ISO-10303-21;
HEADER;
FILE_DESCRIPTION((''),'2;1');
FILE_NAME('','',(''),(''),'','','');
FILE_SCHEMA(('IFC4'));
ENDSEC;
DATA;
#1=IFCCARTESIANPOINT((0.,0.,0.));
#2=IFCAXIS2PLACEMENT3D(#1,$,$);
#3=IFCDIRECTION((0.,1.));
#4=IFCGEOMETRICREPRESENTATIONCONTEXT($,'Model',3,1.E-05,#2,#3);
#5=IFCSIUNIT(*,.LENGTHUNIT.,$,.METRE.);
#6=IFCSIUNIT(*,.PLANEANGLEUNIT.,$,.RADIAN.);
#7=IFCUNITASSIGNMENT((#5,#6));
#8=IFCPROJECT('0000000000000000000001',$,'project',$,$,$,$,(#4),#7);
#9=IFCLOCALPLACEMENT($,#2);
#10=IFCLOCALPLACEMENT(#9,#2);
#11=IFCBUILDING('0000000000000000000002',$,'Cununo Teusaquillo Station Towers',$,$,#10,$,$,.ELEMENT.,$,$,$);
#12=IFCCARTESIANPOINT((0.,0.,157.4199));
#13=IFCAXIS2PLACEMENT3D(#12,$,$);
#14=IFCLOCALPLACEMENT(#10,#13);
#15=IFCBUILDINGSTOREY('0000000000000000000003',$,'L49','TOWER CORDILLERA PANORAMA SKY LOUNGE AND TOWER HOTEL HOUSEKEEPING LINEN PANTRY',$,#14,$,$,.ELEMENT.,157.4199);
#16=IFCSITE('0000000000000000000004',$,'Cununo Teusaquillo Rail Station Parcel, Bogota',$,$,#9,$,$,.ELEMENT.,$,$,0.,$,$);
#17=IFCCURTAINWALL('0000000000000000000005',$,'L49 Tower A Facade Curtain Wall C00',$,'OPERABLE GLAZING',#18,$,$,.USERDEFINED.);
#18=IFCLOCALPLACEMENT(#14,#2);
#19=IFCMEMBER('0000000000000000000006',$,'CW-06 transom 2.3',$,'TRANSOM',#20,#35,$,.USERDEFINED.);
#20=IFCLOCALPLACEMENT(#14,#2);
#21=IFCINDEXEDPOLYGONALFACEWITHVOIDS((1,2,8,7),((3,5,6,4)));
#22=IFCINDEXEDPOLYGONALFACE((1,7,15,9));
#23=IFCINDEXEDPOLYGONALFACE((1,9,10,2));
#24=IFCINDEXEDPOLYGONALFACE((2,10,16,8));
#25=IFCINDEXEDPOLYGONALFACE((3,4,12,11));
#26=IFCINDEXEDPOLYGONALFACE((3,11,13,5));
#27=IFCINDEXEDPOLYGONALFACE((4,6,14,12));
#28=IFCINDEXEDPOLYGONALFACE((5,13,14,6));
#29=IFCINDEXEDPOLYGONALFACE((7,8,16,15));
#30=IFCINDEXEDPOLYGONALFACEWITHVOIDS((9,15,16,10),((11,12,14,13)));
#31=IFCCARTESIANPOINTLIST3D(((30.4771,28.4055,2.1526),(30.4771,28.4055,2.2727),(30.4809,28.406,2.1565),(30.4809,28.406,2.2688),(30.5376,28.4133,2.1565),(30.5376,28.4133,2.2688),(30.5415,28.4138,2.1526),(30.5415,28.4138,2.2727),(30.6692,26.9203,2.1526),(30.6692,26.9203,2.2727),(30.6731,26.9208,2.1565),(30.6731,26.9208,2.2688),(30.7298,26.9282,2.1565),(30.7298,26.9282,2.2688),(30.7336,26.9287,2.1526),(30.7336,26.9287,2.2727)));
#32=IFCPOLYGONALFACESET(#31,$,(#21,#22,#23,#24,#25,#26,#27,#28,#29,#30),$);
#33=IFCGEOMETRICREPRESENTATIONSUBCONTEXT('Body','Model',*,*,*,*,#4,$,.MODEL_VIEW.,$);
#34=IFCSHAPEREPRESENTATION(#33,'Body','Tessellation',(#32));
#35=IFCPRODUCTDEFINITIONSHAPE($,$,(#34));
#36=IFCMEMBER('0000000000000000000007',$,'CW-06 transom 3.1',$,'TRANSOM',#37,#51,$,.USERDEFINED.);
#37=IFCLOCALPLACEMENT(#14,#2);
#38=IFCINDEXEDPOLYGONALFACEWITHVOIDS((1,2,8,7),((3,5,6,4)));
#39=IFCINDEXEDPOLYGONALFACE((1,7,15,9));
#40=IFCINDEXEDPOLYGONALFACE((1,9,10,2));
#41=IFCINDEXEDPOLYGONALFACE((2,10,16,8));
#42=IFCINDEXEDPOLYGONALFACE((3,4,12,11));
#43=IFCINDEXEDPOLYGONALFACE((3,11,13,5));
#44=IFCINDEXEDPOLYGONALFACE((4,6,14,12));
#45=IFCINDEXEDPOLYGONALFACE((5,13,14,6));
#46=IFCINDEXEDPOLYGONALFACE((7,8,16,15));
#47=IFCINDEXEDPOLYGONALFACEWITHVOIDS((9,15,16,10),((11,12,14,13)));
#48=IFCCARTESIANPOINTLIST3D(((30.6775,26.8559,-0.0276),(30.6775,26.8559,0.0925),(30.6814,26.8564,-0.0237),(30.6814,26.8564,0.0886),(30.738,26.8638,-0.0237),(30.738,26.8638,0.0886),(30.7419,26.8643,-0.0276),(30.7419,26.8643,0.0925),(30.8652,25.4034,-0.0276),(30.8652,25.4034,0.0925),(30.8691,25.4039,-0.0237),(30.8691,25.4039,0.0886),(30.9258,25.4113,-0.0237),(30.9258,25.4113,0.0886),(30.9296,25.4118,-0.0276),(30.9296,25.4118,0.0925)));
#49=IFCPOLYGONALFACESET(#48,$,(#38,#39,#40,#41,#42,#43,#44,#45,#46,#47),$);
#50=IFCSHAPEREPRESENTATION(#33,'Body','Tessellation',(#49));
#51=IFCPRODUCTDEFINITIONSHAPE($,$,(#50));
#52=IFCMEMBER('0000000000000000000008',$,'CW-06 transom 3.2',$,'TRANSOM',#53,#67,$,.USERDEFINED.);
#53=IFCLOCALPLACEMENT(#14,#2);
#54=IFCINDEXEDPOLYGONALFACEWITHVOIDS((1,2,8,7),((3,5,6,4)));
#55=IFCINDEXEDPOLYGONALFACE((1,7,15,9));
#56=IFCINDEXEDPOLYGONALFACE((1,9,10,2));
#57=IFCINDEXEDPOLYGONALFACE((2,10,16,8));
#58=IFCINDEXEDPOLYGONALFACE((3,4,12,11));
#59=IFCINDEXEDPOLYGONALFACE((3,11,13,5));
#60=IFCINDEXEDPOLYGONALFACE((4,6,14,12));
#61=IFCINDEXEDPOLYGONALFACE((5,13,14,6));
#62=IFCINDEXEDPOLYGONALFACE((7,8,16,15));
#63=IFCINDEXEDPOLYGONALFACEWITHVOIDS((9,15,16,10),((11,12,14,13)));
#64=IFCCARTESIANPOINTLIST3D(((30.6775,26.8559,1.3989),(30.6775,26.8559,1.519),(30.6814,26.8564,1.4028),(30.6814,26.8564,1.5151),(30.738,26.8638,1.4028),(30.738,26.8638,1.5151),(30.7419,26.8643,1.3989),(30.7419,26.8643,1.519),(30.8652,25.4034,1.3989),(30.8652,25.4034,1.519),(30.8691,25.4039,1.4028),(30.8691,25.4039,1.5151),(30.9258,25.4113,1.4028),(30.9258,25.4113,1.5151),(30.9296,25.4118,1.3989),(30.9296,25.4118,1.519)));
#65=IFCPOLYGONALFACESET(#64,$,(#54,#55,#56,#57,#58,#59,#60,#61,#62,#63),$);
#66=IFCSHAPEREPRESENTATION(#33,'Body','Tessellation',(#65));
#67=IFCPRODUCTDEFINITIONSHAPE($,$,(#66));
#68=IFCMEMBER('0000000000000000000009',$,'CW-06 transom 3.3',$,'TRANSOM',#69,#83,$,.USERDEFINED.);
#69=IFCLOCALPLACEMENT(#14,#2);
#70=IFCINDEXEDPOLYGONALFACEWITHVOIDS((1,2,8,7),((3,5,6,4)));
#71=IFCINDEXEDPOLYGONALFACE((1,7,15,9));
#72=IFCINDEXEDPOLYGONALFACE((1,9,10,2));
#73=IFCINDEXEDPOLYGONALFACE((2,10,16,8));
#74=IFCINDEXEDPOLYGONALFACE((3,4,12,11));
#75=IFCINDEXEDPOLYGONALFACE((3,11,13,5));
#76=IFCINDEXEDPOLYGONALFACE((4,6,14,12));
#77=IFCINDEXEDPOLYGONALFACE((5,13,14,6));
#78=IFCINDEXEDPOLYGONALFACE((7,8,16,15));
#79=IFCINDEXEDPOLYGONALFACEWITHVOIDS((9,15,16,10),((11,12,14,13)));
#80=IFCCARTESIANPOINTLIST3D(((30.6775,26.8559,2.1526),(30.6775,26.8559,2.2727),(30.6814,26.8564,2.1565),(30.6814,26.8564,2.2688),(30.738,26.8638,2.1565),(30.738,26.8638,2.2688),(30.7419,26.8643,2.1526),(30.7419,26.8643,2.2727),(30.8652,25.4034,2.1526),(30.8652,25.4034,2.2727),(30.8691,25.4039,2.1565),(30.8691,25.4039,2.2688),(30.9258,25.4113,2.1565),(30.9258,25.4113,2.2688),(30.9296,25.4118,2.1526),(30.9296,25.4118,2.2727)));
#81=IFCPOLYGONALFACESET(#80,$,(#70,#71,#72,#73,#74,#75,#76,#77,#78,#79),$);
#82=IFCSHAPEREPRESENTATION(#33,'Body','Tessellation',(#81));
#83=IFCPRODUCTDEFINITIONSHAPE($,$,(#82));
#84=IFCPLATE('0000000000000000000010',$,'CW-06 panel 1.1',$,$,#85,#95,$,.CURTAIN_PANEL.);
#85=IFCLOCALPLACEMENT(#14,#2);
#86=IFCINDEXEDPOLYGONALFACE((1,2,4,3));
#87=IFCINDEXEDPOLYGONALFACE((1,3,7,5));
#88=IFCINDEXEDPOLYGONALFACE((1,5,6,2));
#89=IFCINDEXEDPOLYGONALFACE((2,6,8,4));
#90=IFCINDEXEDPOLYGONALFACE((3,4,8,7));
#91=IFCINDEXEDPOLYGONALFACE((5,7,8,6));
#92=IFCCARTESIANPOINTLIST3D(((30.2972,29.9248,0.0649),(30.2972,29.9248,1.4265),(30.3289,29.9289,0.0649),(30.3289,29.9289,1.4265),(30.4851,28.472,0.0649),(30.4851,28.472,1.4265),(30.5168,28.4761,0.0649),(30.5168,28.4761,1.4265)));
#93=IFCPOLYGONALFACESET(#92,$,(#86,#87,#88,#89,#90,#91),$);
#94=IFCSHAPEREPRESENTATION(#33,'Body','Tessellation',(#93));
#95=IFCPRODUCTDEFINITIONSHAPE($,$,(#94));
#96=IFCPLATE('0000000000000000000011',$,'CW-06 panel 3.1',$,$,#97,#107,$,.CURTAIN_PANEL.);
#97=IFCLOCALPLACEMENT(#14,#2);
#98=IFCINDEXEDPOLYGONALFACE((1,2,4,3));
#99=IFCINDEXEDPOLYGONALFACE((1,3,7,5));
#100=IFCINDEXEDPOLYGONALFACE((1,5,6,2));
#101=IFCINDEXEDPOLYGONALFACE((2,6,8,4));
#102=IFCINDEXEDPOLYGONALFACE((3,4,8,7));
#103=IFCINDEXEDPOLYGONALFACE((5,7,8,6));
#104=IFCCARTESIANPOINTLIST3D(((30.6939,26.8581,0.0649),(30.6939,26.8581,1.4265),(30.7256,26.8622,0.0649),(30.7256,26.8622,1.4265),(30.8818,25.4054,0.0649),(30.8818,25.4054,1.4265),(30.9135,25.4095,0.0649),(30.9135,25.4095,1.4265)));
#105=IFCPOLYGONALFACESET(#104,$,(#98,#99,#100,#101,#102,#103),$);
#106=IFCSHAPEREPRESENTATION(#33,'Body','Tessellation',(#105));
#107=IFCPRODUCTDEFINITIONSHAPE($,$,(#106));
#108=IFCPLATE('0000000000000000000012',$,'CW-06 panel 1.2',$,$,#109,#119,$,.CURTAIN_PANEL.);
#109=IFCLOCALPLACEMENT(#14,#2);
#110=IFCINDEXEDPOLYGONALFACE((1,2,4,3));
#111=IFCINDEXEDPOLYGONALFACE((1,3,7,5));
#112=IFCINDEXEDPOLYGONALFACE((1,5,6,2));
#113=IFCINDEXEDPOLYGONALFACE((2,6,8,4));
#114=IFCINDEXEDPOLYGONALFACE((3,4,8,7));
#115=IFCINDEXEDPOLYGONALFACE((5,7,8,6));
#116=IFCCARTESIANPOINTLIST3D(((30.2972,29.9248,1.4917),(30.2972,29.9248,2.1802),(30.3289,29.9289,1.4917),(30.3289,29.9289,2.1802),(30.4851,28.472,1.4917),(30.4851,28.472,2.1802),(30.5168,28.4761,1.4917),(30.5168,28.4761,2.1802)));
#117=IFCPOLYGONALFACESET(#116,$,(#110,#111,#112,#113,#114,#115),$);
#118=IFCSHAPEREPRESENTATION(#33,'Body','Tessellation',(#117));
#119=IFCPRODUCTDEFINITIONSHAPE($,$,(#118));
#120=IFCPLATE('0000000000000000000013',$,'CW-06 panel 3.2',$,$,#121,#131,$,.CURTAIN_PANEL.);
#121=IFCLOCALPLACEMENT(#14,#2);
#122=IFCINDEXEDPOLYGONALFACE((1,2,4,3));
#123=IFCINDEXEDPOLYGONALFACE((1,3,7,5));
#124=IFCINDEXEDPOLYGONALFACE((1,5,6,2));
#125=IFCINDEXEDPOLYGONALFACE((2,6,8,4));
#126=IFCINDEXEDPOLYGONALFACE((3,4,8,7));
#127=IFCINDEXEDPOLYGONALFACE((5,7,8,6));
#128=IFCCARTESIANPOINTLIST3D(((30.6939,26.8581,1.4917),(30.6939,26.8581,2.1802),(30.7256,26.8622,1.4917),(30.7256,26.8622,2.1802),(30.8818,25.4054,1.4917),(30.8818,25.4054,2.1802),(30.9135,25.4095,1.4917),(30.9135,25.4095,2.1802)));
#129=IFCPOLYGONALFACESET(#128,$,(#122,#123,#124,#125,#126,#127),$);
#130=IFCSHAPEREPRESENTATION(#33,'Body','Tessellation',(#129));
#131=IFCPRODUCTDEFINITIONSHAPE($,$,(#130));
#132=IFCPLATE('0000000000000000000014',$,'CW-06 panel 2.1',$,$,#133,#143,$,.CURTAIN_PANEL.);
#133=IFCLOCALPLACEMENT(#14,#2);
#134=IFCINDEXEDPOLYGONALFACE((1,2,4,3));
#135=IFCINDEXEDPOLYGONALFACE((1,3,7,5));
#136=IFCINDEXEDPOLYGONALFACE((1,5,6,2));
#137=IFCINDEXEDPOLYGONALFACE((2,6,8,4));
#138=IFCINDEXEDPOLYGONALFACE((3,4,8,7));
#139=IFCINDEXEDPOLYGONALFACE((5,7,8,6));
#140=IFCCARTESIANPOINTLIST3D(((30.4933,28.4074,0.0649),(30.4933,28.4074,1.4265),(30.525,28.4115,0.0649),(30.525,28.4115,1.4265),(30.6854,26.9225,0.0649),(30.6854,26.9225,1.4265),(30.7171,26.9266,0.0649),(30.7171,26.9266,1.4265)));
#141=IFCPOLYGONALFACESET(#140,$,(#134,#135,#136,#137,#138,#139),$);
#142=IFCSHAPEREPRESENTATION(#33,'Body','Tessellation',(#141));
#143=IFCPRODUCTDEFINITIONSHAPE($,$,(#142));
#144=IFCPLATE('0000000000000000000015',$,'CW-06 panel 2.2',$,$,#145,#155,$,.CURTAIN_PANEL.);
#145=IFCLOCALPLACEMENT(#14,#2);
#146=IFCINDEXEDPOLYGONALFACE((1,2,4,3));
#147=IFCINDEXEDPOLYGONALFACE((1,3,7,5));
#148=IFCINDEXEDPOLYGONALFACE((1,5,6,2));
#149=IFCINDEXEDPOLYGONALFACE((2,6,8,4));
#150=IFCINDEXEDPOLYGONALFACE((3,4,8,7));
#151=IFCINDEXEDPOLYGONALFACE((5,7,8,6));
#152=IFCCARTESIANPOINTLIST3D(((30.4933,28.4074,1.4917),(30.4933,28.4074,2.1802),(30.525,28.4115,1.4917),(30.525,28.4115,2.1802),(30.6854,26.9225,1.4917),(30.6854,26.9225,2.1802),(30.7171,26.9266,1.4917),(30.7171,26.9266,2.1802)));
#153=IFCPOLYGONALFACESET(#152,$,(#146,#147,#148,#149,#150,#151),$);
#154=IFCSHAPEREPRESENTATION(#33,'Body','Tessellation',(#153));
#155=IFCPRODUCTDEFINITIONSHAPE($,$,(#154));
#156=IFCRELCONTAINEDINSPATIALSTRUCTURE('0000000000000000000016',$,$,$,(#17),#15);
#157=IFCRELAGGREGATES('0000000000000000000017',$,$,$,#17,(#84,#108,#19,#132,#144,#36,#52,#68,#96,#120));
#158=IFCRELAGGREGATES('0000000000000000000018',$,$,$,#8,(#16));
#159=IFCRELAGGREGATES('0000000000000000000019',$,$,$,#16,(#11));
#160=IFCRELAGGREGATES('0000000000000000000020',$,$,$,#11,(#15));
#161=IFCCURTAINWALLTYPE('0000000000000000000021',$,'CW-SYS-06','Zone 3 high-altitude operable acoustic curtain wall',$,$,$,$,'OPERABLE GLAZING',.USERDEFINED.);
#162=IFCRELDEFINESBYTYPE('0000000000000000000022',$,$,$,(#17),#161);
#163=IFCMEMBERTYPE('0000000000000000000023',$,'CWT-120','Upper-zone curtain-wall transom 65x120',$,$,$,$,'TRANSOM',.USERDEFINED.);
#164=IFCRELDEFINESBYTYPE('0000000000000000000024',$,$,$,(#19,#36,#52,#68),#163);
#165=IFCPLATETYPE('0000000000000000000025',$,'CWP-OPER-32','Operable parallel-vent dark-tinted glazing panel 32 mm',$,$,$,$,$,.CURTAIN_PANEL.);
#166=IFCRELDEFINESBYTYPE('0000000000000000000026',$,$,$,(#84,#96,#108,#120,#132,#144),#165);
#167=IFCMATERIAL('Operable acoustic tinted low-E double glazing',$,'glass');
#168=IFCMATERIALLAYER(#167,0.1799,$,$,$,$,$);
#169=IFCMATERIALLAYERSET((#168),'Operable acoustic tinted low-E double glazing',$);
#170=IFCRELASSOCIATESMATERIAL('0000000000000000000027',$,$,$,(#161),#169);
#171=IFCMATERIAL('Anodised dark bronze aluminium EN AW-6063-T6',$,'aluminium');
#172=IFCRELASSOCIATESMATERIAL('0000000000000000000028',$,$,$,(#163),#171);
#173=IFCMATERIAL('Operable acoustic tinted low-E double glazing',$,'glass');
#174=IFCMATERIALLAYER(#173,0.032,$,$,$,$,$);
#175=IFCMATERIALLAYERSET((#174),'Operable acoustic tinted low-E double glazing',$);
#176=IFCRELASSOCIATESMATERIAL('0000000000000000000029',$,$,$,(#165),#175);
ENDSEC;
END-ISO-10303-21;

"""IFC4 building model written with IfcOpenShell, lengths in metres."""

from ifc_helpers import new_model, si_unit, direction, frame, origin, origin_2d, place, context, subcontext, project, spatial, rectangle, hollow_rectangle, extrude, source, transform, mapped, material, layer, layer_set, material_profile, profile_set, type_object, element, aggregate, save


model = new_model("IFC4")

# Units and contexts
model_context = context("Model", 3, precision=1e-05, world=origin(), true_north=direction((0.0, 1.0)))
body_context = subcontext(model_context, "Body", "Model", "MODEL_VIEW")
ifc_project = project(units=[si_unit("LENGTHUNIT", "METRE"), si_unit("PLANEANGLEUNIT", "RADIAN")], contexts=[model_context])

# Site, building, storey
site_placement = place(None, origin())
site = spatial("IfcSite", under=ifc_project, at=site_placement, Name="Cununo Teusaquillo Rail Station Parcel, Bogota", CompositionType="ELEMENT", RefElevation=0.0)
building_placement = place(site_placement, origin())
building = spatial("IfcBuilding", under=site, at=building_placement, Name="Cununo Teusaquillo Station Towers", CompositionType="ELEMENT")
storey_placement = place(building_placement, frame((0.0, 0.0, 157.4199)))
storey = spatial("IfcBuildingStorey", under=building, at=storey_placement, Name="L49", Description="TOWER CORDILLERA PANORAMA SKY LOUNGE AND TOWER HOTEL HOUSEKEEPING LINEN PANTRY", CompositionType="ELEMENT", Elevation=157.4199)

# Curtain wall, members, plates
ifc_material_1 = material(Name="Operable acoustic tinted low-E double glazing", Category="glass")
ifc_layer_1 = layer(ifc_material_1, 0.1799)
ifc_layer_set_1 = layer_set([ifc_layer_1], Name="Operable acoustic tinted low-E double glazing")
curtain_wall_type = type_object("IfcCurtainWallType", Name="CW-SYS-06", Description="Zone 3 high-altitude operable acoustic curtain wall", ElementType="OPERABLE GLAZING", PredefinedType="USERDEFINED", material=ifc_layer_set_1)
curtain_wall_placement = place(storey_placement, origin())
curtain_wall = element("IfcCurtainWall", 1, at=curtain_wall_placement, inside=storey, type_object=curtain_wall_type, Name="L49 Tower A Facade Curtain Wall C00", ObjectType="OPERABLE GLAZING", PredefinedType="USERDEFINED")
ifc_material_2 = material(Name="Anodised dark bronze aluminium EN AW-6063-T6", Category="aluminium")
ifc_material_profile_1 = material_profile(ifc_material_2, hollow_rectangle(XDim=0.0649, YDim=0.1201, WallThickness=0.0039, at=origin_2d()), Name="CW-TRAN-65x120")
ifc_profile_set_1 = profile_set([ifc_material_profile_1], Name="Anodised dark bronze aluminium EN AW-6063-T6")
member_type_1 = type_object("IfcMemberType", Name="CWT-120", Description="Upper-zone curtain-wall transom 65x120", ElementType="TRANSOM", PredefinedType="USERDEFINED", material=ifc_profile_set_1)
member_1_placement = place(storey_placement, frame((30.5093, 28.4097, 2.2126), z_axis=(0.128308, -0.991734, 0.0), x_axis=(0.991734, 0.128308, 0.0)))
member_1 = element("IfcMember", 2, at=member_1_placement, type_object=member_type_1, Name="CW-06 transom 2.3", ObjectType="TRANSOM", PredefinedType="USERDEFINED", context=body_context, shape_type="SweptSolid", body=[
    extrude(hollow_rectangle(XDim=0.0649, YDim=0.1201, WallThickness=0.0039, at=origin_2d()), origin(), (0.0, 0.0, 1.0), 1.4976),
])
member_2_placement = place(storey_placement, frame((30.7097, 26.8601, 0.0325), z_axis=(0.128178, -0.991751, 0.0), x_axis=(0.991751, 0.128178, 0.0)))
member_2 = element("IfcMember", 3, at=member_2_placement, type_object=member_type_1, Name="CW-06 transom 3.1", ObjectType="TRANSOM", PredefinedType="USERDEFINED", context=body_context, shape_type="SweptSolid", body=[
    extrude(hollow_rectangle(XDim=0.0649, YDim=0.1201, WallThickness=0.0039, at=origin_2d()), origin(), (0.0, 0.0, 1.0), 1.4646),
])
member_3_placement = place(storey_placement, frame((30.7097, 26.8601, 1.459), z_axis=(0.128178, -0.991751, 0.0), x_axis=(0.991751, 0.128178, 0.0)))
member_3 = element("IfcMember", 4, at=member_3_placement, type_object=member_type_1, Name="CW-06 transom 3.2", ObjectType="TRANSOM", PredefinedType="USERDEFINED", context=body_context, shape_type="SweptSolid", body=[
    extrude(hollow_rectangle(XDim=0.0649, YDim=0.1201, WallThickness=0.0039, at=origin_2d()), origin(), (0.0, 0.0, 1.0), 1.4646),
])
member_4_placement = place(storey_placement, frame((30.7097, 26.8601, 2.2126), z_axis=(0.128178, -0.991751, 0.0), x_axis=(0.991751, 0.128178, 0.0)))
member_4 = element("IfcMember", 5, at=member_4_placement, type_object=member_type_1, Name="CW-06 transom 3.3", ObjectType="TRANSOM", PredefinedType="USERDEFINED", context=body_context, shape_type="SweptSolid", body=[
    extrude(hollow_rectangle(XDim=0.0649, YDim=0.1201, WallThickness=0.0039, at=origin_2d()), origin(), (0.0, 0.0, 1.0), 1.4646),
])
ifc_material_3 = material(Name="Operable acoustic tinted low-E double glazing", Category="glass")
ifc_layer_2 = layer(ifc_material_3, 0.032)
ifc_layer_set_2 = layer_set([ifc_layer_2], Name="Operable acoustic tinted low-E double glazing")
plate_type = type_object("IfcPlateType", Name="CWP-OPER-32", Description="Operable parallel-vent dark-tinted glazing panel 32 mm", PredefinedType="CURTAIN_PANEL", material=ifc_layer_set_2)
shared_shape_1 = source(origin(), body_context, "Body", "SweptSolid", [
    extrude(rectangle(XDim=1.4648, YDim=0.032, at=origin_2d()), origin(), (0.0, 0.0, 1.0), 1.3616),
])
plate_1_placement = place(storey_placement, frame((30.407, 29.2004, 0.0649), z_axis=(0.0, 0.0, 1.0), x_axis=(0.128293, -0.991736, 0.0)))
plate_1 = element("IfcPlate", 6, at=plate_1_placement, type_object=plate_type, Name="CW-06 panel 1.1", PredefinedType="CURTAIN_PANEL", context=body_context, shape_type="MappedRepresentation", body=[
    mapped(shared_shape_1, transform((0.0, 0.0, 0.0), x_axis=(1.0, 0.0, 0.0), y_axis=(0.0, 1.0, 0.0), z_axis=(0.0, 0.0, 1.0), scale=1.0)),
])
plate_2_placement = place(storey_placement, frame((30.8037, 26.1338, 0.0649), z_axis=(0.0, 0.0, 1.0), x_axis=(0.128293, -0.991736, 0.0)))
plate_2 = element("IfcPlate", 7, at=plate_2_placement, type_object=plate_type, Name="CW-06 panel 3.1", PredefinedType="CURTAIN_PANEL", context=body_context, shape_type="MappedRepresentation", body=[
    mapped(shared_shape_1, transform((0.0, 0.0, 0.0), x_axis=(1.0, 0.0, 0.0), y_axis=(0.0, 1.0, 0.0), z_axis=(0.0, 0.0, 1.0), scale=1.0)),
])
shared_shape_2 = source(origin(), body_context, "Body", "SweptSolid", [
    extrude(rectangle(XDim=1.4648, YDim=0.032, at=origin_2d()), origin(), (0.0, 0.0, 1.0), 0.6885),
])
plate_3_placement = place(storey_placement, frame((30.407, 29.2004, 1.4917), z_axis=(0.0, 0.0, 1.0), x_axis=(0.128293, -0.991736, 0.0)))
plate_3 = element("IfcPlate", 8, at=plate_3_placement, type_object=plate_type, Name="CW-06 panel 1.2", PredefinedType="CURTAIN_PANEL", context=body_context, shape_type="MappedRepresentation", body=[
    mapped(shared_shape_2, transform((0.0, 0.0, 0.0), x_axis=(1.0, 0.0, 0.0), y_axis=(0.0, 1.0, 0.0), z_axis=(0.0, 0.0, 1.0), scale=1.0)),
])
plate_4_placement = place(storey_placement, frame((30.8037, 26.1338, 1.4917), z_axis=(0.0, 0.0, 1.0), x_axis=(0.128293, -0.991736, 0.0)))
plate_4 = element("IfcPlate", 9, at=plate_4_placement, type_object=plate_type, Name="CW-06 panel 3.2", PredefinedType="CURTAIN_PANEL", context=body_context, shape_type="MappedRepresentation", body=[
    mapped(shared_shape_2, transform((0.0, 0.0, 0.0), x_axis=(1.0, 0.0, 0.0), y_axis=(0.0, 1.0, 0.0), z_axis=(0.0, 0.0, 1.0), scale=1.0)),
])
shared_shape_3 = source(origin(), body_context, "Body", "SweptSolid", [
    extrude(rectangle(XDim=1.4973, YDim=0.032, at=origin_2d()), origin(), (0.0, 0.0, 1.0), 1.3616),
])
plate_5_placement = place(storey_placement, frame((30.6052, 27.667, 0.0649), z_axis=(0.0, 0.0, 1.0), x_axis=(0.128293, -0.991736, 0.0)))
plate_5 = element("IfcPlate", 10, at=plate_5_placement, type_object=plate_type, Name="CW-06 panel 2.1", PredefinedType="CURTAIN_PANEL", context=body_context, shape_type="MappedRepresentation", body=[
    mapped(shared_shape_3, transform((0.0, 0.0, 0.0), x_axis=(1.0, 0.0, 0.0), y_axis=(0.0, 1.0, 0.0), z_axis=(0.0, 0.0, 1.0), scale=1.0)),
])
shared_shape_4 = source(origin(), body_context, "Body", "SweptSolid", [
    extrude(rectangle(XDim=1.4973, YDim=0.032, at=origin_2d()), origin(), (0.0, 0.0, 1.0), 0.6885),
])
plate_6_placement = place(storey_placement, frame((30.6052, 27.667, 1.4917), z_axis=(0.0, 0.0, 1.0), x_axis=(0.128293, -0.991736, 0.0)))
plate_6 = element("IfcPlate", 11, at=plate_6_placement, type_object=plate_type, Name="CW-06 panel 2.2", PredefinedType="CURTAIN_PANEL", context=body_context, shape_type="MappedRepresentation", body=[
    mapped(shared_shape_4, transform((0.0, 0.0, 0.0), x_axis=(1.0, 0.0, 0.0), y_axis=(0.0, 1.0, 0.0), z_axis=(0.0, 0.0, 1.0), scale=1.0)),
])
aggregate(curtain_wall, [plate_1, plate_3, member_1, plate_5, plate_6, member_2, member_3, member_4, plate_2, plate_4])

save(model, "model.ifc")
